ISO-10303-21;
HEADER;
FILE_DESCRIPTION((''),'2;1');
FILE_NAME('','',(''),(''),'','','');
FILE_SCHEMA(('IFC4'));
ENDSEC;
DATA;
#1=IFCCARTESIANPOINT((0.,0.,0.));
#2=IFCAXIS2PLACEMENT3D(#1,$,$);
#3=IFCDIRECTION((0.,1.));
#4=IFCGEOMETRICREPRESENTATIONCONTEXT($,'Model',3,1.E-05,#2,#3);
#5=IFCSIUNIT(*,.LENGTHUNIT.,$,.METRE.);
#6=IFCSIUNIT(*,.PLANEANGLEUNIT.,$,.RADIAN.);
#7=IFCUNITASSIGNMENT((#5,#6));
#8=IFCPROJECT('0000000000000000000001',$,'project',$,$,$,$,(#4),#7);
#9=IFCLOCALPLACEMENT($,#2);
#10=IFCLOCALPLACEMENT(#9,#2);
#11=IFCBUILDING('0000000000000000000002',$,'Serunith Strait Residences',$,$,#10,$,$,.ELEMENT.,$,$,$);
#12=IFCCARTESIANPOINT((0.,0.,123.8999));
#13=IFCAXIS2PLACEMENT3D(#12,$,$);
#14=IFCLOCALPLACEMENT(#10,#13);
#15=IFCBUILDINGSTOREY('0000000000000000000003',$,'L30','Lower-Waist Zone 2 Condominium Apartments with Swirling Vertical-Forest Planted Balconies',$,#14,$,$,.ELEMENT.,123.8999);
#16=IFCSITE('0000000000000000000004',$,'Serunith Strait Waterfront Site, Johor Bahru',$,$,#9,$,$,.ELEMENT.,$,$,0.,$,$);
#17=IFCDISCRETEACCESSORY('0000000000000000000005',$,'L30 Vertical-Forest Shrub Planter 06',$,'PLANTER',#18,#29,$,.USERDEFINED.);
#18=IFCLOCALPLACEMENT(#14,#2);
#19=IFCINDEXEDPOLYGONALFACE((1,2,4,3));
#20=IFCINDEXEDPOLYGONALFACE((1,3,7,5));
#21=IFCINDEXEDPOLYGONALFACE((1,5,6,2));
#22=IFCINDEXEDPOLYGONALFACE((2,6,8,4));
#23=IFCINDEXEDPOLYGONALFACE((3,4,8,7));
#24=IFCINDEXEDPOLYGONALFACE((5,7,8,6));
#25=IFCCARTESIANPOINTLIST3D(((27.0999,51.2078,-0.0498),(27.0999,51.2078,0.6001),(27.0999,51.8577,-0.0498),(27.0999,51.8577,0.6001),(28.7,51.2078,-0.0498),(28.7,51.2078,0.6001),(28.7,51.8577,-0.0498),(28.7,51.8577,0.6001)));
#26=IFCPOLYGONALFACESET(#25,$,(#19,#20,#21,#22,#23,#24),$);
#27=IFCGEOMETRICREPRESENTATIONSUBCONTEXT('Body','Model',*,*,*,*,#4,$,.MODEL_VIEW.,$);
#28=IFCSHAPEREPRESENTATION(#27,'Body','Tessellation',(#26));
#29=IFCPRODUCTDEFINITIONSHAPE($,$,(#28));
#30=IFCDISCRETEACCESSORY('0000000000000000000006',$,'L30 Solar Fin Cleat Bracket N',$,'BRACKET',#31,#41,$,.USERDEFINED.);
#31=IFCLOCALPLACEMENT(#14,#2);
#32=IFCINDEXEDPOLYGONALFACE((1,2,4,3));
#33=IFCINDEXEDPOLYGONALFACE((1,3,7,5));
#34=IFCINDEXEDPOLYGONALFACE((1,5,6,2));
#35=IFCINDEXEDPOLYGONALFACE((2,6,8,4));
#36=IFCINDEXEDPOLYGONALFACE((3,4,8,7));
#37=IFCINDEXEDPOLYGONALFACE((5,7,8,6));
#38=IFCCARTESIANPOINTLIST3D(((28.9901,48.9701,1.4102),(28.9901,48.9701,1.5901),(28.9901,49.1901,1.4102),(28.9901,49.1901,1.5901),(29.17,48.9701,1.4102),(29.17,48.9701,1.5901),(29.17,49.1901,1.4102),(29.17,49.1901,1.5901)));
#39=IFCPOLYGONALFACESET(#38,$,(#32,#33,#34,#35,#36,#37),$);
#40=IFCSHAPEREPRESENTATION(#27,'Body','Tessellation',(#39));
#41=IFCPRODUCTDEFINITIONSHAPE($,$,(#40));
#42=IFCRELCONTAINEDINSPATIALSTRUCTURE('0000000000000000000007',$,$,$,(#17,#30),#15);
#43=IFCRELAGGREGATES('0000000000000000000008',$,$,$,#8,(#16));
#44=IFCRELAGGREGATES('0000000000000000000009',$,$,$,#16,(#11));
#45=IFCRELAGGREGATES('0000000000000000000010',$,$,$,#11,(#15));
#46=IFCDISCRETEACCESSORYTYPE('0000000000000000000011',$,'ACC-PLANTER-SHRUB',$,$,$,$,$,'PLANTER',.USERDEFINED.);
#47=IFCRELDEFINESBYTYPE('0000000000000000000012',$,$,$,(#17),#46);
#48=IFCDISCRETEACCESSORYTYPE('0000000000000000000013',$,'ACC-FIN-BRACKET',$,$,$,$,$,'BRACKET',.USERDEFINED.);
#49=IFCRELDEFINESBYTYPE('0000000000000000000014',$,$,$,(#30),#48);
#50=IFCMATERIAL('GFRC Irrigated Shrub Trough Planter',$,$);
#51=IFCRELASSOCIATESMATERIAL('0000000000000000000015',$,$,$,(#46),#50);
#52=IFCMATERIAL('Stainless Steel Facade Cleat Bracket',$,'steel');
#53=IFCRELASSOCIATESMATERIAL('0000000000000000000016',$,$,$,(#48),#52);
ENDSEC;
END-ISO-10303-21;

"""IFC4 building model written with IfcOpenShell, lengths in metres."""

from ifc_helpers import new_model, si_unit, direction, frame, origin, origin_2d, place, context, subcontext, project, spatial, rectangle, extrude, source, transform, mapped, material, type_object, element, save


model = new_model("IFC4")

# Units and contexts
model_context = context("Model", 3, precision=1e-05, world=origin(), true_north=direction((0.0, 1.0)))
body_context = subcontext(model_context, "Body", "Model", "MODEL_VIEW")
ifc_project = project(units=[si_unit("LENGTHUNIT", "METRE"), si_unit("PLANEANGLEUNIT", "RADIAN")], contexts=[model_context])

# Site, building, storey
site_placement = place(None, origin())
site = spatial("IfcSite", under=ifc_project, at=site_placement, Name="Serunith Strait Waterfront Site, Johor Bahru", CompositionType="ELEMENT", RefElevation=0.0)
building_placement = place(site_placement, origin())
building = spatial("IfcBuilding", under=site, at=building_placement, Name="Serunith Strait Residences", CompositionType="ELEMENT")
storey_placement = place(building_placement, frame((0.0, 0.0, 123.8999)))
storey = spatial("IfcBuildingStorey", under=building, at=storey_placement, Name="L30", Description="Lower-Waist Zone 2 Condominium Apartments with Swirling Vertical-Forest Planted Balconies", CompositionType="ELEMENT", Elevation=123.8999)

# Discrete accessories
ifc_material_1 = material(Name="GFRC Irrigated Shrub Trough Planter")
discrete_accessory_type_1 = type_object("IfcDiscreteAccessoryType", Name="ACC-PLANTER-SHRUB", ElementType="PLANTER", PredefinedType="USERDEFINED", material=ifc_material_1)
shared_shape_1 = source(origin(), body_context, "Body", "SweptSolid", [
    extrude(rectangle(XDim=1.6001, YDim=0.6499, at=origin_2d()), origin(), (0.0, 0.0, 1.0), 0.6499),
])
discrete_accessory_1_placement = place(storey_placement, frame((27.8999, 51.5327, -0.0498), z_axis=(0.0, 0.0, 1.0), x_axis=(-1.0, 0.0, 0.0)))
element("IfcDiscreteAccessory", 1, at=discrete_accessory_1_placement, inside=storey, type_object=discrete_accessory_type_1, Name="L30 Vertical-Forest Shrub Planter 06", ObjectType="PLANTER", PredefinedType="USERDEFINED", context=body_context, shape_type="MappedRepresentation", body=[
    mapped(shared_shape_1, transform((0.0, 0.0, 0.0), scale=1.0)),
])
ifc_material_2 = material(Name="Stainless Steel Facade Cleat Bracket", Category="steel")
discrete_accessory_type_2 = type_object("IfcDiscreteAccessoryType", Name="ACC-FIN-BRACKET", ElementType="BRACKET", PredefinedType="USERDEFINED", material=ifc_material_2)
shared_shape_2 = source(origin(), body_context, "Body", "SweptSolid", [
    extrude(rectangle(XDim=0.1799, YDim=0.22, at=origin_2d()), origin(), (0.0, 0.0, 1.0), 0.1799),
])
discrete_accessory_2_placement = place(storey_placement, frame((29.0801, 49.0801, 1.4102), z_axis=(0.0, 0.0, 1.0), x_axis=(1.0, 0.0, 0.0)))
element("IfcDiscreteAccessory", 2, at=discrete_accessory_2_placement, inside=storey, type_object=discrete_accessory_type_2, Name="L30 Solar Fin Cleat Bracket N", ObjectType="BRACKET", PredefinedType="USERDEFINED", context=body_context, shape_type="MappedRepresentation", body=[
    mapped(shared_shape_2, transform((0.0, 0.0, 0.0), scale=1.0)),
])

save(model, "model.ifc")
